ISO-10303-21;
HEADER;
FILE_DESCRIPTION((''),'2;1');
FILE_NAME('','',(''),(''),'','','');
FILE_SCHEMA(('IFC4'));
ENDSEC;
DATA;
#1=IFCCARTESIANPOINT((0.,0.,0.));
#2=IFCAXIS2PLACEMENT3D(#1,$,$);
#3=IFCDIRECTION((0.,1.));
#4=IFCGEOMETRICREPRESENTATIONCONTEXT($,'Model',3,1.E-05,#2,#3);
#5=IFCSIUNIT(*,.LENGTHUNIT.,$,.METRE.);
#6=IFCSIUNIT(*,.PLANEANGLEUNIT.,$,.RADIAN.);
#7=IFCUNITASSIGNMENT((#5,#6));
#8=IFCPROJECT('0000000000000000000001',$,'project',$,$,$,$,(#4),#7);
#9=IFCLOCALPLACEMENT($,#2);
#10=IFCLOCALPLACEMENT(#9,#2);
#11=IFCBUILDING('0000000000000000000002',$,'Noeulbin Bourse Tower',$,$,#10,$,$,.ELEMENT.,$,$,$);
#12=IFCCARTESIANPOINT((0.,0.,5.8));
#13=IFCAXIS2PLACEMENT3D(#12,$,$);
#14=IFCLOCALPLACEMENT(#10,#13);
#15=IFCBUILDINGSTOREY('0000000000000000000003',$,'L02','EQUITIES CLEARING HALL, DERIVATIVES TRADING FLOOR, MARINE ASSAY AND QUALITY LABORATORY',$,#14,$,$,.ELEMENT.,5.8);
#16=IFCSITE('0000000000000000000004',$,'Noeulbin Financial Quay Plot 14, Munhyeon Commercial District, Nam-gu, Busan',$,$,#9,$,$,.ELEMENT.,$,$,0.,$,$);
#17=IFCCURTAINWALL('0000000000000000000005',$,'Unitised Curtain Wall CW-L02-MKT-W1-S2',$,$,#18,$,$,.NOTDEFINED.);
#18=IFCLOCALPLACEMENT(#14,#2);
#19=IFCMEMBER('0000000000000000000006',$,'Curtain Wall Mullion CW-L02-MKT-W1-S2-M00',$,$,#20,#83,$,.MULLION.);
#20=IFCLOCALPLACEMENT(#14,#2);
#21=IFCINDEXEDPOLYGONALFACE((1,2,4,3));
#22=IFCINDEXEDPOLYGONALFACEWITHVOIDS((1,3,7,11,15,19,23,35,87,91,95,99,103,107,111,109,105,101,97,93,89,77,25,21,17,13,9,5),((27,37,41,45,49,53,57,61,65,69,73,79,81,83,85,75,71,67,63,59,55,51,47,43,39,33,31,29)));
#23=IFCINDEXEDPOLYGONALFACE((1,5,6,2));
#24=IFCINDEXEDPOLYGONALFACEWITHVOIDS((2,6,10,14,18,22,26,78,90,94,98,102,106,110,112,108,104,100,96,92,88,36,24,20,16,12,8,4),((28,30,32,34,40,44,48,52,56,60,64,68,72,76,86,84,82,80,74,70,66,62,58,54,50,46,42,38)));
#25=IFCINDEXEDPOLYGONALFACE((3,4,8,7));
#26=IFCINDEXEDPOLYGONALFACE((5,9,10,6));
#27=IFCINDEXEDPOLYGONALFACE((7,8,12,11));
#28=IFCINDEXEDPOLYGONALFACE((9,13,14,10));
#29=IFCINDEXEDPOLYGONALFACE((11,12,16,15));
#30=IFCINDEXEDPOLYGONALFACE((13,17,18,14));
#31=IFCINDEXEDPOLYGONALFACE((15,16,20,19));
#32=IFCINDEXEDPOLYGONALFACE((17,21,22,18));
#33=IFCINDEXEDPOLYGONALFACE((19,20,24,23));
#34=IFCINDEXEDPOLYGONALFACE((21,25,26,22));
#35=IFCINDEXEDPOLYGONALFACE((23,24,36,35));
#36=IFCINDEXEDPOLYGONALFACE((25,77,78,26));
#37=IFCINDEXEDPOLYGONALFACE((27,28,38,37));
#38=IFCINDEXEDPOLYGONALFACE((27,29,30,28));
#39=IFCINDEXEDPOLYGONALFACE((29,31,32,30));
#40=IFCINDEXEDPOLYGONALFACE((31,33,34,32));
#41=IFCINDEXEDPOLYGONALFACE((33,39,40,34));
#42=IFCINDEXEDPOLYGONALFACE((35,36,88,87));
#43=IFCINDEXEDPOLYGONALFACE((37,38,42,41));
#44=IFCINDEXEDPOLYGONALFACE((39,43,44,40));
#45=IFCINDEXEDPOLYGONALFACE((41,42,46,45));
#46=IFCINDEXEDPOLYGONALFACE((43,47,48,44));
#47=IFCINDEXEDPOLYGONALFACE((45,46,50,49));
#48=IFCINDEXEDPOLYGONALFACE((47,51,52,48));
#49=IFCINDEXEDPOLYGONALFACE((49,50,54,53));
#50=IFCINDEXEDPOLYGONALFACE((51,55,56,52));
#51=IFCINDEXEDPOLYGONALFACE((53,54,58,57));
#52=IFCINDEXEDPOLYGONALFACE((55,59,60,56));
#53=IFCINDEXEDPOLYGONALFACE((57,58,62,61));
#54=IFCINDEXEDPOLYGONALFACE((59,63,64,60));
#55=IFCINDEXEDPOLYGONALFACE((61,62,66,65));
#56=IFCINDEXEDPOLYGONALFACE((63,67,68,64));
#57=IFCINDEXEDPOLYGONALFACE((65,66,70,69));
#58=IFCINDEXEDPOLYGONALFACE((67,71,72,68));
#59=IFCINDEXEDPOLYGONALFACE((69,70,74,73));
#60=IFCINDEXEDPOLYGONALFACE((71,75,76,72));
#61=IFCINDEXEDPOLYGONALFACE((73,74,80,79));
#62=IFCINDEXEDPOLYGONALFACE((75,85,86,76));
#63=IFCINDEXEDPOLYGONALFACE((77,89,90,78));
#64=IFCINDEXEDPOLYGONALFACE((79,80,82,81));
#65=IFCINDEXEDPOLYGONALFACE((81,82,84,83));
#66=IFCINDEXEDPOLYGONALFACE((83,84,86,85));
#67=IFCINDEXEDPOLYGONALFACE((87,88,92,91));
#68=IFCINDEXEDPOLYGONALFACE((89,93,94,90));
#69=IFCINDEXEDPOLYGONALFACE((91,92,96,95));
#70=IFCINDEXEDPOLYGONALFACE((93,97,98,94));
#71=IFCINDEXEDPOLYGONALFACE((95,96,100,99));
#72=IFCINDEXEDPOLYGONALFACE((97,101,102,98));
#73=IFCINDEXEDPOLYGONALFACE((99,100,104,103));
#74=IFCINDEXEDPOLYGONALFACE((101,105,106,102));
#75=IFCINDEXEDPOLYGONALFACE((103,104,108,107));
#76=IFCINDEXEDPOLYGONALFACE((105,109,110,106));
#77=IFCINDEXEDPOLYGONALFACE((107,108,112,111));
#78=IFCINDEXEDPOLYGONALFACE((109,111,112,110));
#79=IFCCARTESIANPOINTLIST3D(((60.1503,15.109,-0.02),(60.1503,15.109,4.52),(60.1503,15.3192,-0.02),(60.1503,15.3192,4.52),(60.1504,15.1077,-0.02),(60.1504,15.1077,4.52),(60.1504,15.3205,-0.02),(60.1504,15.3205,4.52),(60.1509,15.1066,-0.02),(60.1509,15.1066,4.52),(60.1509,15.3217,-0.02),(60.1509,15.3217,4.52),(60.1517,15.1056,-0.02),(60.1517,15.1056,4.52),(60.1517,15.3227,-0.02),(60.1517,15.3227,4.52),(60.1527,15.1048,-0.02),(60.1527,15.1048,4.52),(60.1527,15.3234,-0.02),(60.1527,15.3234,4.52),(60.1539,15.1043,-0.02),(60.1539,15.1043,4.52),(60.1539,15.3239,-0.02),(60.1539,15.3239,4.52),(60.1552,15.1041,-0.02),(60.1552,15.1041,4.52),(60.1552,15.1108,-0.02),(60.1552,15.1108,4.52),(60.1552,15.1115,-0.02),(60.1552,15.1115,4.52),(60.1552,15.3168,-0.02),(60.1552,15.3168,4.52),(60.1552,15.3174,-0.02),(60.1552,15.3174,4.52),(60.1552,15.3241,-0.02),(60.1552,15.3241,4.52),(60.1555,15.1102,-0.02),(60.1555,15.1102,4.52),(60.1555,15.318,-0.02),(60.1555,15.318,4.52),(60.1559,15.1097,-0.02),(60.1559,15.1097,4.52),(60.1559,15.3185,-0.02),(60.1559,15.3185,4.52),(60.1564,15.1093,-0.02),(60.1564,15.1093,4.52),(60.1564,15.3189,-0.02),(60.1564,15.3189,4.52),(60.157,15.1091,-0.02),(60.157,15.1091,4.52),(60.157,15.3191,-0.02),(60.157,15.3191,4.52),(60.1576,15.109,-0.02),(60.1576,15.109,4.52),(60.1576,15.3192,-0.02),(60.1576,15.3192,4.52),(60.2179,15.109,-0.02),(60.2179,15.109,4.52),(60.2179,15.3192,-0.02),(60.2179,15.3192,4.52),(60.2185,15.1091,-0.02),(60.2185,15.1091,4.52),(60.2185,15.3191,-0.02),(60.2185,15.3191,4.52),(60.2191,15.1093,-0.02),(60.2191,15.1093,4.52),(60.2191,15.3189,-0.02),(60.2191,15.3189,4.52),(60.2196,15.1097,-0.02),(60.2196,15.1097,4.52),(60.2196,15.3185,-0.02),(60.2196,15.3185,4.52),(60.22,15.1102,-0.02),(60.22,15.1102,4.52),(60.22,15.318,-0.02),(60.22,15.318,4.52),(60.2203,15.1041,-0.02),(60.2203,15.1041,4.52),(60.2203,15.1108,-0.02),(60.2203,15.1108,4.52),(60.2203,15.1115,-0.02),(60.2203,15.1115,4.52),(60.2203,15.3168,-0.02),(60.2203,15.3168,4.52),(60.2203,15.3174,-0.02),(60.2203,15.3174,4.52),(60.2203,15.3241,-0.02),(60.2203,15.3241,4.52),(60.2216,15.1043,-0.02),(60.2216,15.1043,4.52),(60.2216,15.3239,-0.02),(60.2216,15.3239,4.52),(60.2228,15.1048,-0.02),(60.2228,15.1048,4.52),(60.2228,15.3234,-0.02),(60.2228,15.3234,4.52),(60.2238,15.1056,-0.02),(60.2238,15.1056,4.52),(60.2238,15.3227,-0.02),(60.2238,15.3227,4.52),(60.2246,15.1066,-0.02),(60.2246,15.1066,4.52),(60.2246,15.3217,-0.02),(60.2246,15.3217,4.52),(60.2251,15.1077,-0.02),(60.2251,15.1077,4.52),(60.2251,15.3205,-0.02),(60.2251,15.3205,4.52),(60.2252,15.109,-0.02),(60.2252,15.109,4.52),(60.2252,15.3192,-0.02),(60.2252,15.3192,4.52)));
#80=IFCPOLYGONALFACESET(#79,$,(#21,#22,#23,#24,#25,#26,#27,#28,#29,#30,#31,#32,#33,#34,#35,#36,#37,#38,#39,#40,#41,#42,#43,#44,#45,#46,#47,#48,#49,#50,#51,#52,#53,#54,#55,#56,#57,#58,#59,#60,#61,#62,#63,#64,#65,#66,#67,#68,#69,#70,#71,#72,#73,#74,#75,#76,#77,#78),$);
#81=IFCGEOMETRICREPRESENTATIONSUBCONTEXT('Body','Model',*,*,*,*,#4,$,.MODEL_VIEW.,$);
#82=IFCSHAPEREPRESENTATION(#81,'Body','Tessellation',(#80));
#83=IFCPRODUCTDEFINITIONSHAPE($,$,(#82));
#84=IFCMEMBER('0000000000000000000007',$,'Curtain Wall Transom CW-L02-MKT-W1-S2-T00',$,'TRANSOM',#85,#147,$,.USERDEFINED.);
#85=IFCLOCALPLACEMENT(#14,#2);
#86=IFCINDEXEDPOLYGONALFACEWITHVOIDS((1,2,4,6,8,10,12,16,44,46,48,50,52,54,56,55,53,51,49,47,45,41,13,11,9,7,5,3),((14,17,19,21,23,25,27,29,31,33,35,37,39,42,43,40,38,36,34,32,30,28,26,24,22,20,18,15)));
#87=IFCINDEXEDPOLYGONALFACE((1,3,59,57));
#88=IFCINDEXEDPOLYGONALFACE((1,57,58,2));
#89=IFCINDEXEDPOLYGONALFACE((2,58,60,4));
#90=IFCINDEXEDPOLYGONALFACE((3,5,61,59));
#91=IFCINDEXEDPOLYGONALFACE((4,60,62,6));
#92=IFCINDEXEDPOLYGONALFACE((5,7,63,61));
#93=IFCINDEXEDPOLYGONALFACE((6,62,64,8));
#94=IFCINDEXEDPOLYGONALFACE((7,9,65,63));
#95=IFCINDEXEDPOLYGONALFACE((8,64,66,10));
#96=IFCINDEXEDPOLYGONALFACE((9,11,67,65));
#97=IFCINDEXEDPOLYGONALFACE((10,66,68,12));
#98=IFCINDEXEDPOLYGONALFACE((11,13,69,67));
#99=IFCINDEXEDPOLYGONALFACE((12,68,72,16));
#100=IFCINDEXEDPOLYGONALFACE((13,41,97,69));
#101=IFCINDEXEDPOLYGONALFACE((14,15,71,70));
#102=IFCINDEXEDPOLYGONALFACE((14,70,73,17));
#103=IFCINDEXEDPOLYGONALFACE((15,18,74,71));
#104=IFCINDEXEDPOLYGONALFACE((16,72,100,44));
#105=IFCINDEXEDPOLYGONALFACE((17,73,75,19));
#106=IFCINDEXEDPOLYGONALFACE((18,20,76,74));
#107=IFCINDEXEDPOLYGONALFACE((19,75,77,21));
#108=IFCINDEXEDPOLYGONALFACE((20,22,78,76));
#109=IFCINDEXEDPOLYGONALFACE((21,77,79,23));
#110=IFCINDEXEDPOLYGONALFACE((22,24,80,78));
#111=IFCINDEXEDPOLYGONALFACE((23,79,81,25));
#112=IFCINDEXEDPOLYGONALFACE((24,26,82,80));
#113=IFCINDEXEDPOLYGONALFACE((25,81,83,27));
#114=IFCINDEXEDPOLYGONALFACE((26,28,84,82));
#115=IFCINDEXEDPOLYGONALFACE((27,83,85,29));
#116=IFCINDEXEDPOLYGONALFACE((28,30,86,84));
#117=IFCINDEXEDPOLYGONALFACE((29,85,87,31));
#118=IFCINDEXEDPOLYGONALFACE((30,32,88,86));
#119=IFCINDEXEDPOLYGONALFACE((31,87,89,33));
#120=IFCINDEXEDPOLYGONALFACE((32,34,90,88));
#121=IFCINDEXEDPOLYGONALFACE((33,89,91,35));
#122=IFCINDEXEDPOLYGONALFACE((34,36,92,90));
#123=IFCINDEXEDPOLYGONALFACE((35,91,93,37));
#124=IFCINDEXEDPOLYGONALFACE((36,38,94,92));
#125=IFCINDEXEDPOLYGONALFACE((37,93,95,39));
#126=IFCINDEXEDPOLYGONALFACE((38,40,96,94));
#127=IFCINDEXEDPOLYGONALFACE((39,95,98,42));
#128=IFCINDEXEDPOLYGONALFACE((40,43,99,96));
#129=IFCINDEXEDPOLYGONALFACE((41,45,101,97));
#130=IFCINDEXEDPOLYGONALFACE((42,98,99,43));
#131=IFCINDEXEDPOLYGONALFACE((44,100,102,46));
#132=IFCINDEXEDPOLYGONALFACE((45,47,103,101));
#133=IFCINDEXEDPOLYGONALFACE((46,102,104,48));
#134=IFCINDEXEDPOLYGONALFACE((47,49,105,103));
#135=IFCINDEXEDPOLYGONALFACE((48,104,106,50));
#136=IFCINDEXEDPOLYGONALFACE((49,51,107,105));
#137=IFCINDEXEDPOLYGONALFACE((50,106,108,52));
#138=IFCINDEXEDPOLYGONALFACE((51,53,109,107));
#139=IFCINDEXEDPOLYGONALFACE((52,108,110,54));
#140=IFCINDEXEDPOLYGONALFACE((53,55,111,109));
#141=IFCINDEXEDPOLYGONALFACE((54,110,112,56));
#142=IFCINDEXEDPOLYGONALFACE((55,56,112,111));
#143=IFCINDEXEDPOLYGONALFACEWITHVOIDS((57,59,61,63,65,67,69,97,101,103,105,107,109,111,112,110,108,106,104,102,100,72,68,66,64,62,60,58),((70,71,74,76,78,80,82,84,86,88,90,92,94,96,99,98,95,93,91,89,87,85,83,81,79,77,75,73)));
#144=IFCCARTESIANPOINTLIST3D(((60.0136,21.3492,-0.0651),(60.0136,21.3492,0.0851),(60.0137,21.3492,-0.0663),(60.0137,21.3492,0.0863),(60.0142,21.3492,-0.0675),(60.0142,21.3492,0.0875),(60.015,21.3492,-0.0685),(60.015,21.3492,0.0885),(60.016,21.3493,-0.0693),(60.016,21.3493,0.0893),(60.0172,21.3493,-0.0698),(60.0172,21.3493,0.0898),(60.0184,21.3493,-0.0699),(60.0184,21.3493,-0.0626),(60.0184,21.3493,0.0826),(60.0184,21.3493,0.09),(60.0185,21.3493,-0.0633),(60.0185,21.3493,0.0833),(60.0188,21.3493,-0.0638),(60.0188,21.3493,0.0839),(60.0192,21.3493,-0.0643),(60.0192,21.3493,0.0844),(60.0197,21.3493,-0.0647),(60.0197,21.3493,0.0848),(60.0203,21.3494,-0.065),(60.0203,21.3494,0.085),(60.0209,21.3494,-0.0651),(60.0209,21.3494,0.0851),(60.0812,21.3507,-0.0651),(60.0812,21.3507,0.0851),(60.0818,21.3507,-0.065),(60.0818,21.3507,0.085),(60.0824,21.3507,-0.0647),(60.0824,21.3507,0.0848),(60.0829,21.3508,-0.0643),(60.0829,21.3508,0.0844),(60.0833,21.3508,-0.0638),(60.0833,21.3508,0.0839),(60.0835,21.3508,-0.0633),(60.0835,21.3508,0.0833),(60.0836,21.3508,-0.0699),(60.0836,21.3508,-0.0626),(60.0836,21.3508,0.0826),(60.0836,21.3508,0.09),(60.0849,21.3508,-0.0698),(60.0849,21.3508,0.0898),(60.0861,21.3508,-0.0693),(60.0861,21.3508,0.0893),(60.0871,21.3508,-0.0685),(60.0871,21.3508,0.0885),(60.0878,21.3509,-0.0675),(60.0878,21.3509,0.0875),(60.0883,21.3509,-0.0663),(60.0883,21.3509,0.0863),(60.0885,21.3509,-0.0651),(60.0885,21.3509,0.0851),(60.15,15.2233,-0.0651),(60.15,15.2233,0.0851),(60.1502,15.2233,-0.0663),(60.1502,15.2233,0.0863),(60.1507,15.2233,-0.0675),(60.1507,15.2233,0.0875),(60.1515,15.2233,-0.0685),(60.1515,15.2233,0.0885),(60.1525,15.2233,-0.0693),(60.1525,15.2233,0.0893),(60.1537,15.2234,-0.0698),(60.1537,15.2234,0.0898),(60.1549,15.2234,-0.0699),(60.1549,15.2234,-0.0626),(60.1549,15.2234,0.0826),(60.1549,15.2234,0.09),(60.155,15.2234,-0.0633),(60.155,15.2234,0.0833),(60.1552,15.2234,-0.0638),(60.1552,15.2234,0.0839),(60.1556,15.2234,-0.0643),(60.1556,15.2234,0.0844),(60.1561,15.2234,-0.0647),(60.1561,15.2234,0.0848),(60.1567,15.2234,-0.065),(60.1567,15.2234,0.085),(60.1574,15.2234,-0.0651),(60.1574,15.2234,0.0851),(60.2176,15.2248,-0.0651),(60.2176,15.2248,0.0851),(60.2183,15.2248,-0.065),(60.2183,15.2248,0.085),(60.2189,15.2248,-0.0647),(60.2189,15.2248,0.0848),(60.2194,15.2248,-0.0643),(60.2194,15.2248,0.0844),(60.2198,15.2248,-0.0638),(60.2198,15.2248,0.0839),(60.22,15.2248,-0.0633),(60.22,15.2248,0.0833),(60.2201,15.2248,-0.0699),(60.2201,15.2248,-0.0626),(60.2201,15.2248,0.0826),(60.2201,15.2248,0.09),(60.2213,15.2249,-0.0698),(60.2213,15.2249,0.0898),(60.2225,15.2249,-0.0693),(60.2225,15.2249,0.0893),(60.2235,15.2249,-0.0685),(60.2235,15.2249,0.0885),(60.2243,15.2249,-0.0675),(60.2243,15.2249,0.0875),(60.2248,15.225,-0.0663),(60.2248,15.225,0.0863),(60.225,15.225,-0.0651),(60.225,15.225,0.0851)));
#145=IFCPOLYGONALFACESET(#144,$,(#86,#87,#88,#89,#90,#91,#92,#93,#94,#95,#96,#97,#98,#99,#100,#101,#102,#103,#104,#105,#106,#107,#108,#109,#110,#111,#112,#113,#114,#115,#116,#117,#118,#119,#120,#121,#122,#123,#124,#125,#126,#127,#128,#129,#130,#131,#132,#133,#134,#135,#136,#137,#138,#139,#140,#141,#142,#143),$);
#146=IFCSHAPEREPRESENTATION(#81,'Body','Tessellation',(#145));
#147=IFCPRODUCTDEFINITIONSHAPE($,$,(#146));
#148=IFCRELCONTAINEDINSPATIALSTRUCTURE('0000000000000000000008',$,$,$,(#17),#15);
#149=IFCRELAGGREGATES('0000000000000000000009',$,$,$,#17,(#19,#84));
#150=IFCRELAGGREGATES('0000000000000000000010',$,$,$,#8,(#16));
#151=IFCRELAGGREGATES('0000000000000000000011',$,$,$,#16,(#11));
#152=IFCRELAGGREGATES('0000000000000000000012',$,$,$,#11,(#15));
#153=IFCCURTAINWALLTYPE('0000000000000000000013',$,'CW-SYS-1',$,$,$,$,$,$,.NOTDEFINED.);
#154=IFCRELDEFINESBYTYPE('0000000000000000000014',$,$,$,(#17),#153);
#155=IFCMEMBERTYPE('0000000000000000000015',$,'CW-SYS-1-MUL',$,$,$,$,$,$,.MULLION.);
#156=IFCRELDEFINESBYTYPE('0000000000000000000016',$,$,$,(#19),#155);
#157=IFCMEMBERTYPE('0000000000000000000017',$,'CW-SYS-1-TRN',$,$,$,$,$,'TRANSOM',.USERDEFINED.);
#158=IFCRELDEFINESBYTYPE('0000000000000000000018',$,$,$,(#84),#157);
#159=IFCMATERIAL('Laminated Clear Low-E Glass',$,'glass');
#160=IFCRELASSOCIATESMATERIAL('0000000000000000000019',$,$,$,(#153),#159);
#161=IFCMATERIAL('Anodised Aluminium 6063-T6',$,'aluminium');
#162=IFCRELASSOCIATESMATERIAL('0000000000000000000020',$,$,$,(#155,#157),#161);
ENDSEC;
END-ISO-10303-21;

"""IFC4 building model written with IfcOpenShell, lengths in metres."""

from ifc_helpers import new_model, si_unit, direction, frame, origin, origin_2d, place, context, subcontext, project, spatial, hollow_rectangle, extrude, material, material_profile, profile_set, type_object, element, aggregate, save


model = new_model("IFC4")

# Units and contexts
model_context = context("Model", 3, precision=1e-05, world=origin(), true_north=direction((0.0, 1.0)))
body_context = subcontext(model_context, "Body", "Model", "MODEL_VIEW")
ifc_project = project(units=[si_unit("LENGTHUNIT", "METRE"), si_unit("PLANEANGLEUNIT", "RADIAN")], contexts=[model_context])

# Site, building, storey
site_placement = place(None, origin())
site = spatial("IfcSite", under=ifc_project, at=site_placement, Name="Noeulbin Financial Quay Plot 14, Munhyeon Commercial District, Nam-gu, Busan", CompositionType="ELEMENT", RefElevation=0.0)
building_placement = place(site_placement, origin())
building = spatial("IfcBuilding", under=site, at=building_placement, Name="Noeulbin Bourse Tower", CompositionType="ELEMENT")
storey_placement = place(building_placement, frame((0.0, 0.0, 5.8)))
storey = spatial("IfcBuildingStorey", under=building, at=storey_placement, Name="L02", Description="EQUITIES CLEARING HALL, DERIVATIVES TRADING FLOOR, MARINE ASSAY AND QUALITY LABORATORY", CompositionType="ELEMENT", Elevation=5.8)

# Curtain wall, members
ifc_material_1 = material(Name="Laminated Clear Low-E Glass", Category="glass")
curtain_wall_type = type_object("IfcCurtainWallType", Name="CW-SYS-1", PredefinedType="NOTDEFINED", material=ifc_material_1)
curtain_wall_placement = place(storey_placement, origin())
curtain_wall = element("IfcCurtainWall", 1, at=curtain_wall_placement, inside=storey, type_object=curtain_wall_type, Name="Unitised Curtain Wall CW-L02-MKT-W1-S2", PredefinedType="NOTDEFINED")
ifc_material_2 = material(Name="Anodised Aluminium 6063-T6", Category="aluminium")
ifc_material_profile_1 = material_profile(ifc_material_2, hollow_rectangle(XDim=0.075, YDim=0.22, WallThickness=0.0049, InnerFilletRadius=0.0024, OuterFilletRadius=0.0049, at=origin_2d()), Name="ALU-MULL-75x220x5", Category="LoadBearing")
ifc_profile_set_1 = profile_set([ifc_material_profile_1], Name="Anodised Aluminium 6063-T6")
member_type_1 = type_object("IfcMemberType", Name="CW-SYS-1-MUL", PredefinedType="MULLION", material=ifc_profile_set_1)
member_1_placement = place(storey_placement, frame((60.1877, 15.2141, -0.02), z_axis=(0.0, 0.0, 1.0), x_axis=(1.0, 0.0, 0.0)))
member_1 = element("IfcMember", 2, at=member_1_placement, type_object=member_type_1, Name="Curtain Wall Mullion CW-L02-MKT-W1-S2-M00", PredefinedType="MULLION", context=body_context, shape_type="SweptSolid", body=[
    extrude(hollow_rectangle(XDim=0.075, YDim=0.22, WallThickness=0.0049, InnerFilletRadius=0.0024, OuterFilletRadius=0.0049, at=origin_2d()), origin(), (0.0, 0.0, 1.0), 4.54),
])
ifc_material_profile_2 = material_profile(ifc_material_2, hollow_rectangle(XDim=0.075, YDim=0.1599, WallThickness=0.0049, InnerFilletRadius=0.0024, OuterFilletRadius=0.0049, at=origin_2d()), Name="ALU-TRAN-75x160x5", Category="LoadBearing")
ifc_profile_set_2 = profile_set([ifc_material_profile_2], Name="Anodised Aluminium 6063-T6")
member_type_2 = type_object("IfcMemberType", Name="CW-SYS-1-TRN", ElementType="TRANSOM", PredefinedType="USERDEFINED", material=ifc_profile_set_2)
member_2_placement = place(storey_placement, frame((60.1875, 15.2241, 0.01), z_axis=(-0.022272, 0.999752, 0.0), x_axis=(-0.999752, -0.022272, 0.0)))
member_2 = element("IfcMember", 3, at=member_2_placement, type_object=member_type_2, Name="Curtain Wall Transom CW-L02-MKT-W1-S2-T00", ObjectType="TRANSOM", PredefinedType="USERDEFINED", context=body_context, shape_type="SweptSolid", body=[
    extrude(hollow_rectangle(XDim=0.075, YDim=0.1599, WallThickness=0.0049, InnerFilletRadius=0.0024, OuterFilletRadius=0.0049, at=origin_2d()), origin(), (0.0, 0.0, 1.0), 6.1274),
])
aggregate(curtain_wall, [member_1, member_2])

save(model, "model.ifc")
